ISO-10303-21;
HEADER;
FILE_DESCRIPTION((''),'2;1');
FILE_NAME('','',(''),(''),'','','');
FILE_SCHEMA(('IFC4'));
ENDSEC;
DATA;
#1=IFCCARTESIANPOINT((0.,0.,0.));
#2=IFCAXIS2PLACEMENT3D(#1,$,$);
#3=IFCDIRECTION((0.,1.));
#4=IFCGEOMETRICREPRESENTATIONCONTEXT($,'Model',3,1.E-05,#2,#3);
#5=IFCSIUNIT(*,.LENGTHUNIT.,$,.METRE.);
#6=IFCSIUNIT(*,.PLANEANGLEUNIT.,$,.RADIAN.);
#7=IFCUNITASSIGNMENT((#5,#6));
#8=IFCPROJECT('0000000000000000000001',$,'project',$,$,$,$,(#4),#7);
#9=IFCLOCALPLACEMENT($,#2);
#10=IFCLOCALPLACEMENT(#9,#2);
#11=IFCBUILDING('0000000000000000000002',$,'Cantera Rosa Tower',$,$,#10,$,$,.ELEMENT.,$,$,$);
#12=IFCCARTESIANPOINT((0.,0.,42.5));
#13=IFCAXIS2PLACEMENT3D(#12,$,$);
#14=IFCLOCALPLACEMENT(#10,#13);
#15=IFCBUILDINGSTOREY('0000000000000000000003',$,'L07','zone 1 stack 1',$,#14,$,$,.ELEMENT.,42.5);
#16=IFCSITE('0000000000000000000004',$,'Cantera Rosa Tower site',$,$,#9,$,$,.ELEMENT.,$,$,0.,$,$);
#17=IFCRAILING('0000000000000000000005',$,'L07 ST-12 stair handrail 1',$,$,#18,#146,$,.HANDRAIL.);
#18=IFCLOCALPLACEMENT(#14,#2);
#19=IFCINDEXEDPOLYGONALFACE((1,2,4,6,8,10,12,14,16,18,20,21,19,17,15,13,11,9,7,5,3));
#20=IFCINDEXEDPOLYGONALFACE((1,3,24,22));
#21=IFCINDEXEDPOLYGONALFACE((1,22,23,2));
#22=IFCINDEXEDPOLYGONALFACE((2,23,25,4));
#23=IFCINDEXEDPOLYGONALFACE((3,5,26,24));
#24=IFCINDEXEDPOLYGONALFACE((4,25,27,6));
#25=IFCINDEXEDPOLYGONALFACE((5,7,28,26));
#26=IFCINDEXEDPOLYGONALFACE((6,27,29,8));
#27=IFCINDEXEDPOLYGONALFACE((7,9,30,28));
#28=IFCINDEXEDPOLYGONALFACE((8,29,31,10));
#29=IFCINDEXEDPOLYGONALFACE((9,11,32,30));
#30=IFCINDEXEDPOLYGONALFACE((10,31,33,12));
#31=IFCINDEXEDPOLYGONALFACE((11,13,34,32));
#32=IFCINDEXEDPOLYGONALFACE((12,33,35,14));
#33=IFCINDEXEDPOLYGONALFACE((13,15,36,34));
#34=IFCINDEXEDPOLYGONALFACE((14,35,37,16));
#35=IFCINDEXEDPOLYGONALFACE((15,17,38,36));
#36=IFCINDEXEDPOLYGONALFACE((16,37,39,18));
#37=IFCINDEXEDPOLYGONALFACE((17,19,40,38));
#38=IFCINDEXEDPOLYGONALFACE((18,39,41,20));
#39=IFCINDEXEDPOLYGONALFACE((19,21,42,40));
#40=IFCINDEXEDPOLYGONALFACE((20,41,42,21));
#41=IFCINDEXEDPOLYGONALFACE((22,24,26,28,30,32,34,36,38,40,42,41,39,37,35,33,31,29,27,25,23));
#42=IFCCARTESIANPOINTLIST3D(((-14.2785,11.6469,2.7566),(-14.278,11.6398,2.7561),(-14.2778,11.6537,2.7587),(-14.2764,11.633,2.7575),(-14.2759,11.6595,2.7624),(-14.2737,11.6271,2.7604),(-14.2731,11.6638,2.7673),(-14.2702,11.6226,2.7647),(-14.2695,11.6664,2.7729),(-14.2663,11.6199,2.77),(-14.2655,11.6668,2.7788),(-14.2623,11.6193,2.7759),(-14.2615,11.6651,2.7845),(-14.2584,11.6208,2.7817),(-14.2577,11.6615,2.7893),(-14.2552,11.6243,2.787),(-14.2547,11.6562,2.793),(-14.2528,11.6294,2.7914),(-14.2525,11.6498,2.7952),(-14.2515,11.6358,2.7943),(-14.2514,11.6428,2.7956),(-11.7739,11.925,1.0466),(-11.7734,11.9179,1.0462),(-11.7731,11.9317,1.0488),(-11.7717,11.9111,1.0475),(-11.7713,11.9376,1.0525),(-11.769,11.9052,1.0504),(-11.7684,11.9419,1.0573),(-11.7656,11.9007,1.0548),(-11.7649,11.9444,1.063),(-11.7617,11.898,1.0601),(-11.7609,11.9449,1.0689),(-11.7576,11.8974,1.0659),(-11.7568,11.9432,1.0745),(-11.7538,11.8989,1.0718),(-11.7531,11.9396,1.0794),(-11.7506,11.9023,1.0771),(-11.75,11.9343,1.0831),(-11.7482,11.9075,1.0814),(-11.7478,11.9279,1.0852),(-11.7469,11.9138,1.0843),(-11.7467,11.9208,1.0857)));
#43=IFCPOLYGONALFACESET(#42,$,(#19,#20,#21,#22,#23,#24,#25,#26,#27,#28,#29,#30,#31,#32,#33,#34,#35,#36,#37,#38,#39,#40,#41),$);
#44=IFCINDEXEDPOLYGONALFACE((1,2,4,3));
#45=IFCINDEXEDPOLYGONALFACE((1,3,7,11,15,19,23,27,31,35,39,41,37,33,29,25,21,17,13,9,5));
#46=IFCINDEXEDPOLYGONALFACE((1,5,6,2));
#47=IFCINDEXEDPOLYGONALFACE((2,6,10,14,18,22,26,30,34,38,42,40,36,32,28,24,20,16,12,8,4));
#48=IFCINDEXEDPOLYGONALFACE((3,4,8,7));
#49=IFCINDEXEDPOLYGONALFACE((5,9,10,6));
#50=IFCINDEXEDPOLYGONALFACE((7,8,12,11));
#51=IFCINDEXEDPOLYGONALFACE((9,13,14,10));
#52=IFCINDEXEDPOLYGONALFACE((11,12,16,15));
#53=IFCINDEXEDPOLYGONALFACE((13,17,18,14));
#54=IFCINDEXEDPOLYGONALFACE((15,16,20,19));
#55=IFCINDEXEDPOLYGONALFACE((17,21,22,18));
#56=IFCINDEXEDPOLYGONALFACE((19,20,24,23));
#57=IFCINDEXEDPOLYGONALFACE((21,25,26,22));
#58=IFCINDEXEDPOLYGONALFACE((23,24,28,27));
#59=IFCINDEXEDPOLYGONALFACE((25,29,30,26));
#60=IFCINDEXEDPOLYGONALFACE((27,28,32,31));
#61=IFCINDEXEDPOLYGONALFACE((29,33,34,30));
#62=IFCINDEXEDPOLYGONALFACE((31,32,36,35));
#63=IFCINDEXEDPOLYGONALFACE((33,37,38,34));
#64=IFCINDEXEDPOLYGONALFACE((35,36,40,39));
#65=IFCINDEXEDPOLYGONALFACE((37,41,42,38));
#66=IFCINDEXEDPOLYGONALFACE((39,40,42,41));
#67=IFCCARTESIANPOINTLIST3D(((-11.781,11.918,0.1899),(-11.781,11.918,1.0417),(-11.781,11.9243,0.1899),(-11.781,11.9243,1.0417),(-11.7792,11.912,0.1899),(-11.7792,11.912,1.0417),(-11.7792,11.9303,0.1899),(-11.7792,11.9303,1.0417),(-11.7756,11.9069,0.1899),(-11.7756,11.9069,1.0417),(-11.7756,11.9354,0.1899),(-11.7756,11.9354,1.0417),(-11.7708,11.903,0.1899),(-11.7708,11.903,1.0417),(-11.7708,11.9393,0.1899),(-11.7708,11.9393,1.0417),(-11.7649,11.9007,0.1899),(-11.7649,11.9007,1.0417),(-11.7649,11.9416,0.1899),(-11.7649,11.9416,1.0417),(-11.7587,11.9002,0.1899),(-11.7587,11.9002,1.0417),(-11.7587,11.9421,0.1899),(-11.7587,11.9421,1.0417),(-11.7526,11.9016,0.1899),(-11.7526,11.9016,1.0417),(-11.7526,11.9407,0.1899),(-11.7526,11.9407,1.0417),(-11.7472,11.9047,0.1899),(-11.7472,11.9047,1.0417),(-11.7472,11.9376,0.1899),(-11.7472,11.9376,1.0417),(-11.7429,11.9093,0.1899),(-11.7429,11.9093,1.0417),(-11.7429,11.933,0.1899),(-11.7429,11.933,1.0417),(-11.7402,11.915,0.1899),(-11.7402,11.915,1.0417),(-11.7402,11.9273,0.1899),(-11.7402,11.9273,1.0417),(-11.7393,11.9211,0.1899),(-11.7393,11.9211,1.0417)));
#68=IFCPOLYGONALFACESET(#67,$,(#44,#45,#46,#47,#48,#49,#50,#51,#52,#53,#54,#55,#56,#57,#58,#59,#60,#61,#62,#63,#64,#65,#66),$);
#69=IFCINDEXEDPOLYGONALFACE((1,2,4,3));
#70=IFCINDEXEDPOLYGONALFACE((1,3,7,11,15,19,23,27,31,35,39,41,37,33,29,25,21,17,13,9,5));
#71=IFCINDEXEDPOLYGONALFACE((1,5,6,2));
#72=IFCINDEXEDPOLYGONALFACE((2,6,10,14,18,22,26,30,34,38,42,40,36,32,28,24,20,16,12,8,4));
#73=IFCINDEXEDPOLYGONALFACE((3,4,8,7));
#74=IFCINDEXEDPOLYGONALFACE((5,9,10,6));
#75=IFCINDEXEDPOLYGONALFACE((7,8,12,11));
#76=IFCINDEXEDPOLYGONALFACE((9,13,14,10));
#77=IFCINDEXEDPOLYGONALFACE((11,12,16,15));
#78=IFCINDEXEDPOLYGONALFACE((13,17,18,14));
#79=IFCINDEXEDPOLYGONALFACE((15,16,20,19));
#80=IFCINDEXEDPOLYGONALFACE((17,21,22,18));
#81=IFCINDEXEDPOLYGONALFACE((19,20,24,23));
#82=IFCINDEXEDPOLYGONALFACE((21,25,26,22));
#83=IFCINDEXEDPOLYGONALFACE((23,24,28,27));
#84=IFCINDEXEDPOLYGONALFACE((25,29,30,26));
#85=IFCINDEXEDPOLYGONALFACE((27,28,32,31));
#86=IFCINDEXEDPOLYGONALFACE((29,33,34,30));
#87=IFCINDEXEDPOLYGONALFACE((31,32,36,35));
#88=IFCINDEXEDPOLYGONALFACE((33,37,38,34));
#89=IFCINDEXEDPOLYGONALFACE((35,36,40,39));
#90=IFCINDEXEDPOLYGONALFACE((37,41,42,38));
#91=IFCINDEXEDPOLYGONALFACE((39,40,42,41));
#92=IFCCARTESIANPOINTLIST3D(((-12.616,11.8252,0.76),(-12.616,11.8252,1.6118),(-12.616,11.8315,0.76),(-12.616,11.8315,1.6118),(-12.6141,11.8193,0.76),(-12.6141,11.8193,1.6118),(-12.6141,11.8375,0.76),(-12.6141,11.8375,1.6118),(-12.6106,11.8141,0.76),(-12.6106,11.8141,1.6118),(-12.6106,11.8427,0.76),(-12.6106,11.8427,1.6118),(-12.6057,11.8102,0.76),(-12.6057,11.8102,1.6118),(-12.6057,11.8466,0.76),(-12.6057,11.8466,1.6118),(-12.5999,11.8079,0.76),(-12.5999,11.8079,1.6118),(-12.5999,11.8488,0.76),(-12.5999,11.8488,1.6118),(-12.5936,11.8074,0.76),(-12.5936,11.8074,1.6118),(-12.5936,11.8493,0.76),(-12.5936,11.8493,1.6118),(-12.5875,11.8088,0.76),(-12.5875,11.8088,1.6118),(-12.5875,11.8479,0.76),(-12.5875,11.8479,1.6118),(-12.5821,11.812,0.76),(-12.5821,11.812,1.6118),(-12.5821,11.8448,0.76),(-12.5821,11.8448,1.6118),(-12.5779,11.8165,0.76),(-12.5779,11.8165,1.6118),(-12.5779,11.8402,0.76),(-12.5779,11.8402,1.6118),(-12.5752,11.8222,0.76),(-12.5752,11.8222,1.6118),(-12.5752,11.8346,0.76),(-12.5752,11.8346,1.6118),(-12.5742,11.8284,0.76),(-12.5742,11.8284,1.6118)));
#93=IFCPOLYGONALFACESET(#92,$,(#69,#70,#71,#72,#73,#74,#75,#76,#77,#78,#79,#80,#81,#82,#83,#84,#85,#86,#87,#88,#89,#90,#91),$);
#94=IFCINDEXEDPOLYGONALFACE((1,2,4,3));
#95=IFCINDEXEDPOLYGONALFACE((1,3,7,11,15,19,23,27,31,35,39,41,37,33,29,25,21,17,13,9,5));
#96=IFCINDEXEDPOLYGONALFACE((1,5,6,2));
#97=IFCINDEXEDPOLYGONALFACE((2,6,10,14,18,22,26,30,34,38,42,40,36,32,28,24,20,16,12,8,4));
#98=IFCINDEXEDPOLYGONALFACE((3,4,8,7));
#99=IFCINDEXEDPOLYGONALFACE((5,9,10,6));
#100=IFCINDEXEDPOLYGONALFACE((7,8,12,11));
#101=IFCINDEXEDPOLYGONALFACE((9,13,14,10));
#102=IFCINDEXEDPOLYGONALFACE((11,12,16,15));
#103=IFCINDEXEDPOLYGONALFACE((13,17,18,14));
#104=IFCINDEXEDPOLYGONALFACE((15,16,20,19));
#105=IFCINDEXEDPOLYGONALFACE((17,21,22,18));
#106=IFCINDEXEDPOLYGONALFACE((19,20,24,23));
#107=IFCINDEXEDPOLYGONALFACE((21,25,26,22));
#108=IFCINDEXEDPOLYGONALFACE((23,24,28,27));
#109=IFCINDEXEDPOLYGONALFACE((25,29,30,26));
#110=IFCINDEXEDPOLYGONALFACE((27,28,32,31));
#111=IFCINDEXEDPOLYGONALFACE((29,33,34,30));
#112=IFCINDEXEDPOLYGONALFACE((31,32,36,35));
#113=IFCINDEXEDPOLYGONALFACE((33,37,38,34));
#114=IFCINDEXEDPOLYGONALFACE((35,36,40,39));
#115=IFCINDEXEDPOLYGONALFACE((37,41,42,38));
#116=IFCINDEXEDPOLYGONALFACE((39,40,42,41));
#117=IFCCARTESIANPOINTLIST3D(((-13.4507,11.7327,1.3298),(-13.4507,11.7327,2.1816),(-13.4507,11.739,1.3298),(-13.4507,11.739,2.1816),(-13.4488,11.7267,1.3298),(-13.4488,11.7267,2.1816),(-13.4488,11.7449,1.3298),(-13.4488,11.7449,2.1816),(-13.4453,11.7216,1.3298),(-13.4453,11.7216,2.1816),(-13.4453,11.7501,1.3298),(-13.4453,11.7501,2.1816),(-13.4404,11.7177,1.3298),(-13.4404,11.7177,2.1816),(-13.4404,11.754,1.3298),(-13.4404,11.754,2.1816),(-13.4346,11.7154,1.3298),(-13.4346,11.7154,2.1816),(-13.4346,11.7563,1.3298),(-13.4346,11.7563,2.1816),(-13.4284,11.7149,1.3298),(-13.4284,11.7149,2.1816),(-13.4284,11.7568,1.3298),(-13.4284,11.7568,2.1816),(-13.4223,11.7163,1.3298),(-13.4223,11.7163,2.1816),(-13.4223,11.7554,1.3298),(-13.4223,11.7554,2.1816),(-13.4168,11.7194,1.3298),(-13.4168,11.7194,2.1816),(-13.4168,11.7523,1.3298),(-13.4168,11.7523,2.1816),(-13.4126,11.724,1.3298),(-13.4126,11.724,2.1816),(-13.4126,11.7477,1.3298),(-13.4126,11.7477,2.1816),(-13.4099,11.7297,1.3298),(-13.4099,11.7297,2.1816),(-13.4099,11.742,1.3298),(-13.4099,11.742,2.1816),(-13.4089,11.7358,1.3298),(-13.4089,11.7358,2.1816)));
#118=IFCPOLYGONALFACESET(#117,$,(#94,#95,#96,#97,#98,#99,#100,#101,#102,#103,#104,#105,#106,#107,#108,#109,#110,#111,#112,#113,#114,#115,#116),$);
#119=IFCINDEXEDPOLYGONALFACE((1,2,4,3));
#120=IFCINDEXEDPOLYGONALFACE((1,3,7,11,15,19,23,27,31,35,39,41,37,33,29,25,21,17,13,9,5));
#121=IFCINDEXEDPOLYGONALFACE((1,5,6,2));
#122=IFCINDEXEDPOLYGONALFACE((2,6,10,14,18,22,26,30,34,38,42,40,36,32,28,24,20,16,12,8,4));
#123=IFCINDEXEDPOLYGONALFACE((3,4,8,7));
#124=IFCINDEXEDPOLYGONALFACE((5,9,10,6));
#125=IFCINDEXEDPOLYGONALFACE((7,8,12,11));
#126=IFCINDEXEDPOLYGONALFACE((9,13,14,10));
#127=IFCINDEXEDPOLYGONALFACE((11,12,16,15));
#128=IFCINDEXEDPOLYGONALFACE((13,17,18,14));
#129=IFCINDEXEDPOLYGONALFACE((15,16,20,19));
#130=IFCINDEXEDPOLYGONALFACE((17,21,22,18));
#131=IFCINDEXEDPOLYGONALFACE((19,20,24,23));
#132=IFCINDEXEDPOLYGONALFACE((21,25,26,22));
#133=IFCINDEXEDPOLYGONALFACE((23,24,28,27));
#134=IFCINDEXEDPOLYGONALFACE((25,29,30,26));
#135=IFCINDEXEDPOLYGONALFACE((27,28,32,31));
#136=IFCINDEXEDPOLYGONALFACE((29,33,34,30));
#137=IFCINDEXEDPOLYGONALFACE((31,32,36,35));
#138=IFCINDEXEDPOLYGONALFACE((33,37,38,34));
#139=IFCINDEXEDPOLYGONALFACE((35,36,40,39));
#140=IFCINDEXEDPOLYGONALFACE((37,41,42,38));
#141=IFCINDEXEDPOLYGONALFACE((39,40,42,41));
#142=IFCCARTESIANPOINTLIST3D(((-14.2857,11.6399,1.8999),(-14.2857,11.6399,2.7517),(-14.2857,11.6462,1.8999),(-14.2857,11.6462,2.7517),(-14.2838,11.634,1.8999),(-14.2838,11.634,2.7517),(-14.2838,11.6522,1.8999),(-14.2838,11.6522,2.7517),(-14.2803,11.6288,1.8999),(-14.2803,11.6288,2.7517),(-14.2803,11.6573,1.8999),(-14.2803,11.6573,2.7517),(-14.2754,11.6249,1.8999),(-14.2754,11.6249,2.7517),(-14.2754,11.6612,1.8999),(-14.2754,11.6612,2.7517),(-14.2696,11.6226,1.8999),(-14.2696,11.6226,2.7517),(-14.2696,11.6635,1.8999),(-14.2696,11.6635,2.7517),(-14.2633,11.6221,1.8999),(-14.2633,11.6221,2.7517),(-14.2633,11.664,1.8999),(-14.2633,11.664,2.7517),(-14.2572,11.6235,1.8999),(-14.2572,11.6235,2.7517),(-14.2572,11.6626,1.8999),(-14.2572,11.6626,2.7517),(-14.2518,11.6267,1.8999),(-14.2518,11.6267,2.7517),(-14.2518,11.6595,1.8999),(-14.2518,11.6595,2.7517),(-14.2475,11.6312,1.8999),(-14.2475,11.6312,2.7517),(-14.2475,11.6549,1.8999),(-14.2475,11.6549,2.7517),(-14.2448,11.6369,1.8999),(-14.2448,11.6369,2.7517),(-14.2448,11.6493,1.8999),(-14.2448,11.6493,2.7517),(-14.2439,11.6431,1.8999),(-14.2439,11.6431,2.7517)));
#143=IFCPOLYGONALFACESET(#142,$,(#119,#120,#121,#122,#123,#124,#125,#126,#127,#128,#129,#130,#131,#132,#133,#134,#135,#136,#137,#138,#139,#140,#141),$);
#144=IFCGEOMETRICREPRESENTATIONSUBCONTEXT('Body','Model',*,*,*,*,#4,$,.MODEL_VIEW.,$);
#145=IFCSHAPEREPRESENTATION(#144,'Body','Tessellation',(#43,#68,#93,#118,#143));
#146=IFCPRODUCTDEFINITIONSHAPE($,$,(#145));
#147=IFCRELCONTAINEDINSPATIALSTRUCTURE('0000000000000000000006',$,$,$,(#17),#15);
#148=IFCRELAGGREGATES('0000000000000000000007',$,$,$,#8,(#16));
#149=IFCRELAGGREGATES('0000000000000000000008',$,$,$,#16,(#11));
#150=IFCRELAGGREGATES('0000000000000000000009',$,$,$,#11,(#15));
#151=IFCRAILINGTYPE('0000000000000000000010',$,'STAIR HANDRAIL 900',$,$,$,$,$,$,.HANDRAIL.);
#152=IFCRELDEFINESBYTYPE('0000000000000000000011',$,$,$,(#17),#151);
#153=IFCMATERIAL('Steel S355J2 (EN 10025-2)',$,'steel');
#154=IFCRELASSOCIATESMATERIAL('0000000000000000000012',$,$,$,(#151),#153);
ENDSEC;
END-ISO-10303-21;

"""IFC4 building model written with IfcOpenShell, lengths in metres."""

from ifc_helpers import new_model, si_unit, direction, frame, origin, origin_2d, place, context, subcontext, project, spatial, circle, extrude, material, type_object, element, save


model = new_model("IFC4")

# Units and contexts
model_context = context("Model", 3, precision=1e-05, world=origin(), true_north=direction((0.0, 1.0)))
body_context = subcontext(model_context, "Body", "Model", "MODEL_VIEW")
ifc_project = project(units=[si_unit("LENGTHUNIT", "METRE"), si_unit("PLANEANGLEUNIT", "RADIAN")], contexts=[model_context])

# Site, building, storey
site_placement = place(None, origin())
site = spatial("IfcSite", under=ifc_project, at=site_placement, Name="Cantera Rosa Tower site", CompositionType="ELEMENT", RefElevation=0.0)
building_placement = place(site_placement, origin())
building = spatial("IfcBuilding", under=site, at=building_placement, Name="Cantera Rosa Tower", CompositionType="ELEMENT")
storey_placement = place(building_placement, frame((0.0, 0.0, 42.5)))
storey = spatial("IfcBuildingStorey", under=building, at=storey_placement, Name="L07", Description="zone 1 stack 1", CompositionType="ELEMENT", Elevation=42.5)

# Railing
ifc_material_1 = material(Name="Steel S355J2 (EN 10025-2)", Category="steel")
railing_type_1 = type_object("IfcRailingType", Name="STAIR HANDRAIL 900", PredefinedType="HANDRAIL", material=ifc_material_1)
railing_1_placement = place(storey_placement, frame((-11.7603, 11.9211, 0.1899)))
element("IfcRailing", 1, at=railing_1_placement, inside=storey, type_object=railing_type_1, Name="L07 ST-12 stair handrail 1", PredefinedType="HANDRAIL", context=body_context, shape_type="SweptSolid", body=[
    extrude(circle(Radius=0.0239, at=origin_2d()), frame((0.0, 0.0, 0.876), z_axis=(-0.822431, -0.09131, 0.561488), x_axis=(0.110346, -0.993893, 0.0)), (0.0, 0.0, 1.0), 3.0454),
    extrude(circle(Radius=0.021, at=origin_2d()), origin(), (0.0, 0.0, 1.0), 0.8518),
    extrude(circle(Radius=0.021, at=origin_2d()), frame((-0.835, -0.0928, 0.5701)), (0.0, 0.0, 1.0), 0.8518),
    extrude(circle(Radius=0.021, at=origin_2d()), frame((-1.6697, -0.1853, 1.1399)), (0.0, 0.0, 1.0), 0.8518),
    extrude(circle(Radius=0.021, at=origin_2d()), frame((-2.5046, -0.2781, 1.71)), (0.0, 0.0, 1.0), 0.8518),
])

save(model, "model.ifc")
